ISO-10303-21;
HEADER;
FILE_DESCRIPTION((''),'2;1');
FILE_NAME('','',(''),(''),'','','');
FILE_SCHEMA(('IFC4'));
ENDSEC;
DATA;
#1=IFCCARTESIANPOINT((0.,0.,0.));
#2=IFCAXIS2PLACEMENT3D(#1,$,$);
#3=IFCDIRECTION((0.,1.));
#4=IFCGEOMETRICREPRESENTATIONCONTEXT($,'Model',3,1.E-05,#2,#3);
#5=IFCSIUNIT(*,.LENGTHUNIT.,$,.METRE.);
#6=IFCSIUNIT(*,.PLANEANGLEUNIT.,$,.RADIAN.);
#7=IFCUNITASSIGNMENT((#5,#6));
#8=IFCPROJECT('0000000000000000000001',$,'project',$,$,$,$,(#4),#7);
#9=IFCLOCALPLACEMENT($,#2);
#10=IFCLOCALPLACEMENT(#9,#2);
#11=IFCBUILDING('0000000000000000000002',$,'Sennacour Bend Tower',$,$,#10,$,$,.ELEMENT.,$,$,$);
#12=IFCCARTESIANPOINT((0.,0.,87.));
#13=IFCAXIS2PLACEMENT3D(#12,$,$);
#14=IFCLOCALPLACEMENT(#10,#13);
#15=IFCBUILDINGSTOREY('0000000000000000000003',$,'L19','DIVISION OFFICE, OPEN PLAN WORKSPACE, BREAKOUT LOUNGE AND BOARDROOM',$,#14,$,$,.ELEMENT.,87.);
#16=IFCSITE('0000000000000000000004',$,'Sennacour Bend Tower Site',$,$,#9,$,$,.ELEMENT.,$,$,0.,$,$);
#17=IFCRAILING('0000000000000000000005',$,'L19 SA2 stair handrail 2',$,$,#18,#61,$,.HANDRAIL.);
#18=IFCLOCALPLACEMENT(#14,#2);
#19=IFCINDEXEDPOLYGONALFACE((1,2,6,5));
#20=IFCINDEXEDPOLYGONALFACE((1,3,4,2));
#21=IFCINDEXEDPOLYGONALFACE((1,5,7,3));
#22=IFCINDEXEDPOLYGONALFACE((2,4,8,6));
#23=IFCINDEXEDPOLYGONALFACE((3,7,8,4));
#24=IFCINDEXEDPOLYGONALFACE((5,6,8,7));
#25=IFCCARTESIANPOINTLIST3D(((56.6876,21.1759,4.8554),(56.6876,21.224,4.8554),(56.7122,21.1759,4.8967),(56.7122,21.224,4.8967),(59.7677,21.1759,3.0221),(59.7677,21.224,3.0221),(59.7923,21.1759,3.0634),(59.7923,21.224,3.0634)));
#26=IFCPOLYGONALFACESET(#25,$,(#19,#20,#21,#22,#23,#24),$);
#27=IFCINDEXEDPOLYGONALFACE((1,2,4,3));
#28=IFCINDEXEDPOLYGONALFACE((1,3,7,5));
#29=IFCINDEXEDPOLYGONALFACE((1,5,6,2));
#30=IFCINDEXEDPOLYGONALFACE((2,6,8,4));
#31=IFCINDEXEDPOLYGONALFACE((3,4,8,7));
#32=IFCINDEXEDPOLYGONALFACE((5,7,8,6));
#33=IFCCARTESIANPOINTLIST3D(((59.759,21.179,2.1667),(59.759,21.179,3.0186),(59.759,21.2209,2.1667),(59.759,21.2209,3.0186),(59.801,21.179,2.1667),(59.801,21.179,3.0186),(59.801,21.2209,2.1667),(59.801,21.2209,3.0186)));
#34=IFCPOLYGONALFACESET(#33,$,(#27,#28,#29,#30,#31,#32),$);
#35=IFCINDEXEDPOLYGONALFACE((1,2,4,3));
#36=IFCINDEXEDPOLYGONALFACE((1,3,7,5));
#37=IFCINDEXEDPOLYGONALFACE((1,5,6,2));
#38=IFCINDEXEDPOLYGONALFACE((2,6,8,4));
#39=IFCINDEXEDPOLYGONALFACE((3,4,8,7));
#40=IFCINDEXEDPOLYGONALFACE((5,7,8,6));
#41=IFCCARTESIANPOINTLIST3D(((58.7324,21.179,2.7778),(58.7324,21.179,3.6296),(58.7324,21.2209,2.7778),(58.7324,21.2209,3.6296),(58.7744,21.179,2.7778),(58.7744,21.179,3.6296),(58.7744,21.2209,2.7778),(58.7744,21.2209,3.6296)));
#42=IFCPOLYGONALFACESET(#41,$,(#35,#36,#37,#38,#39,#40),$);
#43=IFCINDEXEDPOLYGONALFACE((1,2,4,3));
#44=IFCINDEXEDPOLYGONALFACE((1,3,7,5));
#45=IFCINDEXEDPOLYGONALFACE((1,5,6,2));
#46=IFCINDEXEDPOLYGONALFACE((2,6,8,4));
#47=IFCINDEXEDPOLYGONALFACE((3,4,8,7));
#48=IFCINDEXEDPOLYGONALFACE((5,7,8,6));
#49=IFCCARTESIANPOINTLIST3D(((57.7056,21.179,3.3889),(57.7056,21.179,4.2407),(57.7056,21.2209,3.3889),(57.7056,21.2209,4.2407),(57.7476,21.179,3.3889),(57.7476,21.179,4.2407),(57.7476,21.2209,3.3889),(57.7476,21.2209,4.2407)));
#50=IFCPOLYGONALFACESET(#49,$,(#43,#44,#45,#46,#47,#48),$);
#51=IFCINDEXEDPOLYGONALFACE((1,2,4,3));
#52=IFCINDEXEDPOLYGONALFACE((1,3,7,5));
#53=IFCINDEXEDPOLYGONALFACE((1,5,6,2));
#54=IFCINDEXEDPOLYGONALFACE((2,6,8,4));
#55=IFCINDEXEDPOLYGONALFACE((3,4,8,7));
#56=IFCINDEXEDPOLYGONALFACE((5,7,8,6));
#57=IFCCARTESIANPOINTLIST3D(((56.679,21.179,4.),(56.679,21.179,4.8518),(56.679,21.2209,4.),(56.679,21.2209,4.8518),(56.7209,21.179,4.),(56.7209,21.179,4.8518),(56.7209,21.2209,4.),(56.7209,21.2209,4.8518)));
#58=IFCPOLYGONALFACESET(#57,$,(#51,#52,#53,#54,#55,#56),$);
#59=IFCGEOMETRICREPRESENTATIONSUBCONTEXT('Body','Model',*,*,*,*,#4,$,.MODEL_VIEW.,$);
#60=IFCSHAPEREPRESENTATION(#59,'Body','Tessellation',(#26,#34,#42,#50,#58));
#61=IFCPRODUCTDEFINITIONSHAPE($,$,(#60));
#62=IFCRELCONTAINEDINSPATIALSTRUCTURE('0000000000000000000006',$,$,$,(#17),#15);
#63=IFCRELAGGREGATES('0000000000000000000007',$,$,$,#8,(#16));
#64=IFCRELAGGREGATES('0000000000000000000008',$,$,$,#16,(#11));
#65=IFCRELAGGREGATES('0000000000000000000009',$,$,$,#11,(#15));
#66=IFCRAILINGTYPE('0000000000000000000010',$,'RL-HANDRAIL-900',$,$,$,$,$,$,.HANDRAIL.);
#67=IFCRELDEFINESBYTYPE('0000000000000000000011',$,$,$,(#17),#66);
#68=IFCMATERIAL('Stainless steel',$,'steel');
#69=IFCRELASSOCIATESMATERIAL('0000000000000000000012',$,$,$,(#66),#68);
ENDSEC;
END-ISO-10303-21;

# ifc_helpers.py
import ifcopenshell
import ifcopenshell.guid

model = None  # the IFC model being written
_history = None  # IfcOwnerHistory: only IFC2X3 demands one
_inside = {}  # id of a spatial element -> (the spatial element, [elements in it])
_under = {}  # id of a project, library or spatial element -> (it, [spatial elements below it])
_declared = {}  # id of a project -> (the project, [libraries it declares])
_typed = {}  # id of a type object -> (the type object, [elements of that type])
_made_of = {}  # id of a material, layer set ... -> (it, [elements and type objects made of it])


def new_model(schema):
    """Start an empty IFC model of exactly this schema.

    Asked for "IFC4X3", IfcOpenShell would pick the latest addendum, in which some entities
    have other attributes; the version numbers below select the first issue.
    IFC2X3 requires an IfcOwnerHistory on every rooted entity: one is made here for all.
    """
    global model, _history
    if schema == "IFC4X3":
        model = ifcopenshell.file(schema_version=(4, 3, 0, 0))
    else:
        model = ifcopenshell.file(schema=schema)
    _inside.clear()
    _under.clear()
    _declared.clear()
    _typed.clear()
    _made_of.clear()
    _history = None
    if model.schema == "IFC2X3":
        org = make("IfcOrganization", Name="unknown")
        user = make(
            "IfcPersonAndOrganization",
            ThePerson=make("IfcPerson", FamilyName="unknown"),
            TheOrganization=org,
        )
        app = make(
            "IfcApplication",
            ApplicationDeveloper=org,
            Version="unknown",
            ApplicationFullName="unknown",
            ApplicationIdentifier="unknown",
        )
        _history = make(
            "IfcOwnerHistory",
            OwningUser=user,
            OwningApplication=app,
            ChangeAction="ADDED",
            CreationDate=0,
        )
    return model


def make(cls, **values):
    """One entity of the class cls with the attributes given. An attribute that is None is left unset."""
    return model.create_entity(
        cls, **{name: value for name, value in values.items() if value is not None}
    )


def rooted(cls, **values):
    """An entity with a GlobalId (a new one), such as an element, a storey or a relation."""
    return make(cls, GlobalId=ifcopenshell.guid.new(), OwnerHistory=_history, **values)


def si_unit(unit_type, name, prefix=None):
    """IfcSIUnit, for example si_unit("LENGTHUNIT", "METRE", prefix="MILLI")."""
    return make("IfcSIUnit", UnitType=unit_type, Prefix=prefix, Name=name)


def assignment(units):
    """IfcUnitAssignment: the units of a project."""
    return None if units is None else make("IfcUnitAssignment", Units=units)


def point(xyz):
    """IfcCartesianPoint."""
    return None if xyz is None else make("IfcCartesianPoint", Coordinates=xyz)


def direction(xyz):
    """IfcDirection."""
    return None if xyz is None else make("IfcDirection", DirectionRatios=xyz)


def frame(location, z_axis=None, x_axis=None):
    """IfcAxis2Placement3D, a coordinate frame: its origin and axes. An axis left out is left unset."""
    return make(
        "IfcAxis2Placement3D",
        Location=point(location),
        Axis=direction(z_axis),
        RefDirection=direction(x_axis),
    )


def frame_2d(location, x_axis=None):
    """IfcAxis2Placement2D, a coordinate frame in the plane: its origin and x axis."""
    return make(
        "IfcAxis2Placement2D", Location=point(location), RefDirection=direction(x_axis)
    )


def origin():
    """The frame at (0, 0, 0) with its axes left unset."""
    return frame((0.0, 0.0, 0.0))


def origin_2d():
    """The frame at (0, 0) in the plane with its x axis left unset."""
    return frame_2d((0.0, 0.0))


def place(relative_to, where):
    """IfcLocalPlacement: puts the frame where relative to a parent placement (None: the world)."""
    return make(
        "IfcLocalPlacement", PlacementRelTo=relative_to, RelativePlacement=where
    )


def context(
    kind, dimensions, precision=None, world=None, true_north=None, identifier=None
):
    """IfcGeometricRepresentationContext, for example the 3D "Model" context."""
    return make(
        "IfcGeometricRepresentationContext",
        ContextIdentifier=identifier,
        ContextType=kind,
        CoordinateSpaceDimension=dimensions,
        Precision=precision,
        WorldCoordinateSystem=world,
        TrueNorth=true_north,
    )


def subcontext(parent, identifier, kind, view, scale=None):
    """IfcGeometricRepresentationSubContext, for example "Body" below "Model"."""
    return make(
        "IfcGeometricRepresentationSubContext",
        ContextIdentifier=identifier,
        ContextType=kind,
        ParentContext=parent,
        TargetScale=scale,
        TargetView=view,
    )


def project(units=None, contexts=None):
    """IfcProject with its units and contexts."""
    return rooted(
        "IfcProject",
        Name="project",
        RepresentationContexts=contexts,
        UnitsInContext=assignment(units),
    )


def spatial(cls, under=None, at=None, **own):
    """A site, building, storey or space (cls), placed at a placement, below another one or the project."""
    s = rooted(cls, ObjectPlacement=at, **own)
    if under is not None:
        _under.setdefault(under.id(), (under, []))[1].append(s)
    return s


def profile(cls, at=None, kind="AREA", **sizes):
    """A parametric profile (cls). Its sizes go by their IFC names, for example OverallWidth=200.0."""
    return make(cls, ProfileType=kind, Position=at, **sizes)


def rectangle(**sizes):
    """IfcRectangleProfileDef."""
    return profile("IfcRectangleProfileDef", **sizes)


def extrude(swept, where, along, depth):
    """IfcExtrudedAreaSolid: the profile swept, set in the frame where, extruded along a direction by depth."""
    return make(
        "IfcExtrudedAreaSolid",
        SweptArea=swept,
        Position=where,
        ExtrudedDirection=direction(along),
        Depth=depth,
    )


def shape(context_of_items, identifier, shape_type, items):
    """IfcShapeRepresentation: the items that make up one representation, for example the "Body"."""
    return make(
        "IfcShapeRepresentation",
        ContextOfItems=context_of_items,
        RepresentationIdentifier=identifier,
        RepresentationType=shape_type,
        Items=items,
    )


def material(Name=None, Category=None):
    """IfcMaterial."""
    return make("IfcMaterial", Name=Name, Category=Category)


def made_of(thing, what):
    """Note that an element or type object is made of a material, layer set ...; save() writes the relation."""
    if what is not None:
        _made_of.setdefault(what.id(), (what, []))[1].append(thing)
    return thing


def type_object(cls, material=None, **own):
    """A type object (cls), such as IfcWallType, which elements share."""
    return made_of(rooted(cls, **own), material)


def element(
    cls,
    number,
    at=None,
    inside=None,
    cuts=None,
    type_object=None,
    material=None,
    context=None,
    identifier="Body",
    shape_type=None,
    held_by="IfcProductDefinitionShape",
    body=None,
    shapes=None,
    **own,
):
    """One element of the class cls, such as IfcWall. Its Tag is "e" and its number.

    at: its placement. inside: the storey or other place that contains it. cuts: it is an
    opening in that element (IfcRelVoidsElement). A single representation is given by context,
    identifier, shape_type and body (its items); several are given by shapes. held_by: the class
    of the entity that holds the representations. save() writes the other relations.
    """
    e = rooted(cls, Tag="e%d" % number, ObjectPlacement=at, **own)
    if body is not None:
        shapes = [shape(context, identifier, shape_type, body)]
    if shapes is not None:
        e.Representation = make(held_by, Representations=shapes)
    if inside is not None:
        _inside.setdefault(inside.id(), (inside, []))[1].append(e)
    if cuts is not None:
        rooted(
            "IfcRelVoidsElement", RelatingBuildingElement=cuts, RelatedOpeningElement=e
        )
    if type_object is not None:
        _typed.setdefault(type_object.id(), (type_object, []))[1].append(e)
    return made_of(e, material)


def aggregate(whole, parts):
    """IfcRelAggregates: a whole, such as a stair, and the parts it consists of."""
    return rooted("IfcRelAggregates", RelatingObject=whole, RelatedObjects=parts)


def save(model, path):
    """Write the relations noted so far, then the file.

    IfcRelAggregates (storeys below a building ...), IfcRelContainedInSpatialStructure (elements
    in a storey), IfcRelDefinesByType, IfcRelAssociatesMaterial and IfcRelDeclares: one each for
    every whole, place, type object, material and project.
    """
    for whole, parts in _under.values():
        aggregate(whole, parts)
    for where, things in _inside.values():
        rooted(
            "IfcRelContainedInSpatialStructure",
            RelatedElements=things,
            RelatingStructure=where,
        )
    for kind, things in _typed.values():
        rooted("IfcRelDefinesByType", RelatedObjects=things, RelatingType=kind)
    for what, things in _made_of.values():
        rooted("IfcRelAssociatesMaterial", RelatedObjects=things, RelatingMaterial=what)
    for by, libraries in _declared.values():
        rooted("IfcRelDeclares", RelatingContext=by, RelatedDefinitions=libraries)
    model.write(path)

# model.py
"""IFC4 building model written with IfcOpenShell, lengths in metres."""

from ifc_helpers import new_model, si_unit, direction, frame, origin, origin_2d, place, context, subcontext, project, spatial, rectangle, extrude, material, type_object, element, save


model = new_model("IFC4")

# Units and contexts
model_context = context("Model", 3, precision=1e-05, world=origin(), true_north=direction((0.0, 1.0)))
body_context = subcontext(model_context, "Body", "Model", "MODEL_VIEW")
ifc_project = project(units=[si_unit("LENGTHUNIT", "METRE"), si_unit("PLANEANGLEUNIT", "RADIAN")], contexts=[model_context])

# Site, building, storey
site_placement = place(None, origin())
site = spatial("IfcSite", under=ifc_project, at=site_placement, Name="Sennacour Bend Tower Site", CompositionType="ELEMENT", RefElevation=0.0)
building_placement = place(site_placement, origin())
building = spatial("IfcBuilding", under=site, at=building_placement, Name="Sennacour Bend Tower", CompositionType="ELEMENT")
storey_placement = place(building_placement, frame((0.0, 0.0, 87.0)))
storey = spatial("IfcBuildingStorey", under=building, at=storey_placement, Name="L19", Description="DIVISION OFFICE, OPEN PLAN WORKSPACE, BREAKOUT LOUNGE AND BOARDROOM", CompositionType="ELEMENT", Elevation=87.0)

# Shared definitions
ifc_material_1 = material(Name="Stainless steel", Category="steel")

# Railing
railing_type_1 = type_object("IfcRailingType", Name="RL-HANDRAIL-900", PredefinedType="HANDRAIL", material=ifc_material_1)
railing_1_placement = place(storey_placement, frame((59.78, 21.2, 2.1667)))
element("IfcRailing", 1, at=railing_1_placement, inside=storey, type_object=railing_type_1, Name="L19 SA2 stair handrail 2", PredefinedType="HANDRAIL", context=body_context, shape_type="SweptSolid", body=[
    extrude(rectangle(XDim=0.0481, YDim=0.0481, at=origin_2d()), frame((0.0, 0.0, 0.876), z_axis=(-0.859309, 0.0, 0.511458), x_axis=(0.0, -1.0, 0.0)), (0.0, 0.0, 1.0), 3.5845),
    extrude(rectangle(XDim=0.042, YDim=0.042, at=origin_2d()), origin(), (0.0, 0.0, 1.0), 0.8518),
    extrude(rectangle(XDim=0.042, YDim=0.042, at=origin_2d()), frame((-1.0266, 0.0, 0.6111)), (0.0, 0.0, 1.0), 0.8518),
    extrude(rectangle(XDim=0.042, YDim=0.042, at=origin_2d()), frame((-2.0535, 0.0, 1.2222)), (0.0, 0.0, 1.0), 0.8518),
    extrude(rectangle(XDim=0.042, YDim=0.042, at=origin_2d()), frame((-3.0801, 0.0, 1.8333)), (0.0, 0.0, 1.0), 0.8518),
])

save(model, "model.ifc")
